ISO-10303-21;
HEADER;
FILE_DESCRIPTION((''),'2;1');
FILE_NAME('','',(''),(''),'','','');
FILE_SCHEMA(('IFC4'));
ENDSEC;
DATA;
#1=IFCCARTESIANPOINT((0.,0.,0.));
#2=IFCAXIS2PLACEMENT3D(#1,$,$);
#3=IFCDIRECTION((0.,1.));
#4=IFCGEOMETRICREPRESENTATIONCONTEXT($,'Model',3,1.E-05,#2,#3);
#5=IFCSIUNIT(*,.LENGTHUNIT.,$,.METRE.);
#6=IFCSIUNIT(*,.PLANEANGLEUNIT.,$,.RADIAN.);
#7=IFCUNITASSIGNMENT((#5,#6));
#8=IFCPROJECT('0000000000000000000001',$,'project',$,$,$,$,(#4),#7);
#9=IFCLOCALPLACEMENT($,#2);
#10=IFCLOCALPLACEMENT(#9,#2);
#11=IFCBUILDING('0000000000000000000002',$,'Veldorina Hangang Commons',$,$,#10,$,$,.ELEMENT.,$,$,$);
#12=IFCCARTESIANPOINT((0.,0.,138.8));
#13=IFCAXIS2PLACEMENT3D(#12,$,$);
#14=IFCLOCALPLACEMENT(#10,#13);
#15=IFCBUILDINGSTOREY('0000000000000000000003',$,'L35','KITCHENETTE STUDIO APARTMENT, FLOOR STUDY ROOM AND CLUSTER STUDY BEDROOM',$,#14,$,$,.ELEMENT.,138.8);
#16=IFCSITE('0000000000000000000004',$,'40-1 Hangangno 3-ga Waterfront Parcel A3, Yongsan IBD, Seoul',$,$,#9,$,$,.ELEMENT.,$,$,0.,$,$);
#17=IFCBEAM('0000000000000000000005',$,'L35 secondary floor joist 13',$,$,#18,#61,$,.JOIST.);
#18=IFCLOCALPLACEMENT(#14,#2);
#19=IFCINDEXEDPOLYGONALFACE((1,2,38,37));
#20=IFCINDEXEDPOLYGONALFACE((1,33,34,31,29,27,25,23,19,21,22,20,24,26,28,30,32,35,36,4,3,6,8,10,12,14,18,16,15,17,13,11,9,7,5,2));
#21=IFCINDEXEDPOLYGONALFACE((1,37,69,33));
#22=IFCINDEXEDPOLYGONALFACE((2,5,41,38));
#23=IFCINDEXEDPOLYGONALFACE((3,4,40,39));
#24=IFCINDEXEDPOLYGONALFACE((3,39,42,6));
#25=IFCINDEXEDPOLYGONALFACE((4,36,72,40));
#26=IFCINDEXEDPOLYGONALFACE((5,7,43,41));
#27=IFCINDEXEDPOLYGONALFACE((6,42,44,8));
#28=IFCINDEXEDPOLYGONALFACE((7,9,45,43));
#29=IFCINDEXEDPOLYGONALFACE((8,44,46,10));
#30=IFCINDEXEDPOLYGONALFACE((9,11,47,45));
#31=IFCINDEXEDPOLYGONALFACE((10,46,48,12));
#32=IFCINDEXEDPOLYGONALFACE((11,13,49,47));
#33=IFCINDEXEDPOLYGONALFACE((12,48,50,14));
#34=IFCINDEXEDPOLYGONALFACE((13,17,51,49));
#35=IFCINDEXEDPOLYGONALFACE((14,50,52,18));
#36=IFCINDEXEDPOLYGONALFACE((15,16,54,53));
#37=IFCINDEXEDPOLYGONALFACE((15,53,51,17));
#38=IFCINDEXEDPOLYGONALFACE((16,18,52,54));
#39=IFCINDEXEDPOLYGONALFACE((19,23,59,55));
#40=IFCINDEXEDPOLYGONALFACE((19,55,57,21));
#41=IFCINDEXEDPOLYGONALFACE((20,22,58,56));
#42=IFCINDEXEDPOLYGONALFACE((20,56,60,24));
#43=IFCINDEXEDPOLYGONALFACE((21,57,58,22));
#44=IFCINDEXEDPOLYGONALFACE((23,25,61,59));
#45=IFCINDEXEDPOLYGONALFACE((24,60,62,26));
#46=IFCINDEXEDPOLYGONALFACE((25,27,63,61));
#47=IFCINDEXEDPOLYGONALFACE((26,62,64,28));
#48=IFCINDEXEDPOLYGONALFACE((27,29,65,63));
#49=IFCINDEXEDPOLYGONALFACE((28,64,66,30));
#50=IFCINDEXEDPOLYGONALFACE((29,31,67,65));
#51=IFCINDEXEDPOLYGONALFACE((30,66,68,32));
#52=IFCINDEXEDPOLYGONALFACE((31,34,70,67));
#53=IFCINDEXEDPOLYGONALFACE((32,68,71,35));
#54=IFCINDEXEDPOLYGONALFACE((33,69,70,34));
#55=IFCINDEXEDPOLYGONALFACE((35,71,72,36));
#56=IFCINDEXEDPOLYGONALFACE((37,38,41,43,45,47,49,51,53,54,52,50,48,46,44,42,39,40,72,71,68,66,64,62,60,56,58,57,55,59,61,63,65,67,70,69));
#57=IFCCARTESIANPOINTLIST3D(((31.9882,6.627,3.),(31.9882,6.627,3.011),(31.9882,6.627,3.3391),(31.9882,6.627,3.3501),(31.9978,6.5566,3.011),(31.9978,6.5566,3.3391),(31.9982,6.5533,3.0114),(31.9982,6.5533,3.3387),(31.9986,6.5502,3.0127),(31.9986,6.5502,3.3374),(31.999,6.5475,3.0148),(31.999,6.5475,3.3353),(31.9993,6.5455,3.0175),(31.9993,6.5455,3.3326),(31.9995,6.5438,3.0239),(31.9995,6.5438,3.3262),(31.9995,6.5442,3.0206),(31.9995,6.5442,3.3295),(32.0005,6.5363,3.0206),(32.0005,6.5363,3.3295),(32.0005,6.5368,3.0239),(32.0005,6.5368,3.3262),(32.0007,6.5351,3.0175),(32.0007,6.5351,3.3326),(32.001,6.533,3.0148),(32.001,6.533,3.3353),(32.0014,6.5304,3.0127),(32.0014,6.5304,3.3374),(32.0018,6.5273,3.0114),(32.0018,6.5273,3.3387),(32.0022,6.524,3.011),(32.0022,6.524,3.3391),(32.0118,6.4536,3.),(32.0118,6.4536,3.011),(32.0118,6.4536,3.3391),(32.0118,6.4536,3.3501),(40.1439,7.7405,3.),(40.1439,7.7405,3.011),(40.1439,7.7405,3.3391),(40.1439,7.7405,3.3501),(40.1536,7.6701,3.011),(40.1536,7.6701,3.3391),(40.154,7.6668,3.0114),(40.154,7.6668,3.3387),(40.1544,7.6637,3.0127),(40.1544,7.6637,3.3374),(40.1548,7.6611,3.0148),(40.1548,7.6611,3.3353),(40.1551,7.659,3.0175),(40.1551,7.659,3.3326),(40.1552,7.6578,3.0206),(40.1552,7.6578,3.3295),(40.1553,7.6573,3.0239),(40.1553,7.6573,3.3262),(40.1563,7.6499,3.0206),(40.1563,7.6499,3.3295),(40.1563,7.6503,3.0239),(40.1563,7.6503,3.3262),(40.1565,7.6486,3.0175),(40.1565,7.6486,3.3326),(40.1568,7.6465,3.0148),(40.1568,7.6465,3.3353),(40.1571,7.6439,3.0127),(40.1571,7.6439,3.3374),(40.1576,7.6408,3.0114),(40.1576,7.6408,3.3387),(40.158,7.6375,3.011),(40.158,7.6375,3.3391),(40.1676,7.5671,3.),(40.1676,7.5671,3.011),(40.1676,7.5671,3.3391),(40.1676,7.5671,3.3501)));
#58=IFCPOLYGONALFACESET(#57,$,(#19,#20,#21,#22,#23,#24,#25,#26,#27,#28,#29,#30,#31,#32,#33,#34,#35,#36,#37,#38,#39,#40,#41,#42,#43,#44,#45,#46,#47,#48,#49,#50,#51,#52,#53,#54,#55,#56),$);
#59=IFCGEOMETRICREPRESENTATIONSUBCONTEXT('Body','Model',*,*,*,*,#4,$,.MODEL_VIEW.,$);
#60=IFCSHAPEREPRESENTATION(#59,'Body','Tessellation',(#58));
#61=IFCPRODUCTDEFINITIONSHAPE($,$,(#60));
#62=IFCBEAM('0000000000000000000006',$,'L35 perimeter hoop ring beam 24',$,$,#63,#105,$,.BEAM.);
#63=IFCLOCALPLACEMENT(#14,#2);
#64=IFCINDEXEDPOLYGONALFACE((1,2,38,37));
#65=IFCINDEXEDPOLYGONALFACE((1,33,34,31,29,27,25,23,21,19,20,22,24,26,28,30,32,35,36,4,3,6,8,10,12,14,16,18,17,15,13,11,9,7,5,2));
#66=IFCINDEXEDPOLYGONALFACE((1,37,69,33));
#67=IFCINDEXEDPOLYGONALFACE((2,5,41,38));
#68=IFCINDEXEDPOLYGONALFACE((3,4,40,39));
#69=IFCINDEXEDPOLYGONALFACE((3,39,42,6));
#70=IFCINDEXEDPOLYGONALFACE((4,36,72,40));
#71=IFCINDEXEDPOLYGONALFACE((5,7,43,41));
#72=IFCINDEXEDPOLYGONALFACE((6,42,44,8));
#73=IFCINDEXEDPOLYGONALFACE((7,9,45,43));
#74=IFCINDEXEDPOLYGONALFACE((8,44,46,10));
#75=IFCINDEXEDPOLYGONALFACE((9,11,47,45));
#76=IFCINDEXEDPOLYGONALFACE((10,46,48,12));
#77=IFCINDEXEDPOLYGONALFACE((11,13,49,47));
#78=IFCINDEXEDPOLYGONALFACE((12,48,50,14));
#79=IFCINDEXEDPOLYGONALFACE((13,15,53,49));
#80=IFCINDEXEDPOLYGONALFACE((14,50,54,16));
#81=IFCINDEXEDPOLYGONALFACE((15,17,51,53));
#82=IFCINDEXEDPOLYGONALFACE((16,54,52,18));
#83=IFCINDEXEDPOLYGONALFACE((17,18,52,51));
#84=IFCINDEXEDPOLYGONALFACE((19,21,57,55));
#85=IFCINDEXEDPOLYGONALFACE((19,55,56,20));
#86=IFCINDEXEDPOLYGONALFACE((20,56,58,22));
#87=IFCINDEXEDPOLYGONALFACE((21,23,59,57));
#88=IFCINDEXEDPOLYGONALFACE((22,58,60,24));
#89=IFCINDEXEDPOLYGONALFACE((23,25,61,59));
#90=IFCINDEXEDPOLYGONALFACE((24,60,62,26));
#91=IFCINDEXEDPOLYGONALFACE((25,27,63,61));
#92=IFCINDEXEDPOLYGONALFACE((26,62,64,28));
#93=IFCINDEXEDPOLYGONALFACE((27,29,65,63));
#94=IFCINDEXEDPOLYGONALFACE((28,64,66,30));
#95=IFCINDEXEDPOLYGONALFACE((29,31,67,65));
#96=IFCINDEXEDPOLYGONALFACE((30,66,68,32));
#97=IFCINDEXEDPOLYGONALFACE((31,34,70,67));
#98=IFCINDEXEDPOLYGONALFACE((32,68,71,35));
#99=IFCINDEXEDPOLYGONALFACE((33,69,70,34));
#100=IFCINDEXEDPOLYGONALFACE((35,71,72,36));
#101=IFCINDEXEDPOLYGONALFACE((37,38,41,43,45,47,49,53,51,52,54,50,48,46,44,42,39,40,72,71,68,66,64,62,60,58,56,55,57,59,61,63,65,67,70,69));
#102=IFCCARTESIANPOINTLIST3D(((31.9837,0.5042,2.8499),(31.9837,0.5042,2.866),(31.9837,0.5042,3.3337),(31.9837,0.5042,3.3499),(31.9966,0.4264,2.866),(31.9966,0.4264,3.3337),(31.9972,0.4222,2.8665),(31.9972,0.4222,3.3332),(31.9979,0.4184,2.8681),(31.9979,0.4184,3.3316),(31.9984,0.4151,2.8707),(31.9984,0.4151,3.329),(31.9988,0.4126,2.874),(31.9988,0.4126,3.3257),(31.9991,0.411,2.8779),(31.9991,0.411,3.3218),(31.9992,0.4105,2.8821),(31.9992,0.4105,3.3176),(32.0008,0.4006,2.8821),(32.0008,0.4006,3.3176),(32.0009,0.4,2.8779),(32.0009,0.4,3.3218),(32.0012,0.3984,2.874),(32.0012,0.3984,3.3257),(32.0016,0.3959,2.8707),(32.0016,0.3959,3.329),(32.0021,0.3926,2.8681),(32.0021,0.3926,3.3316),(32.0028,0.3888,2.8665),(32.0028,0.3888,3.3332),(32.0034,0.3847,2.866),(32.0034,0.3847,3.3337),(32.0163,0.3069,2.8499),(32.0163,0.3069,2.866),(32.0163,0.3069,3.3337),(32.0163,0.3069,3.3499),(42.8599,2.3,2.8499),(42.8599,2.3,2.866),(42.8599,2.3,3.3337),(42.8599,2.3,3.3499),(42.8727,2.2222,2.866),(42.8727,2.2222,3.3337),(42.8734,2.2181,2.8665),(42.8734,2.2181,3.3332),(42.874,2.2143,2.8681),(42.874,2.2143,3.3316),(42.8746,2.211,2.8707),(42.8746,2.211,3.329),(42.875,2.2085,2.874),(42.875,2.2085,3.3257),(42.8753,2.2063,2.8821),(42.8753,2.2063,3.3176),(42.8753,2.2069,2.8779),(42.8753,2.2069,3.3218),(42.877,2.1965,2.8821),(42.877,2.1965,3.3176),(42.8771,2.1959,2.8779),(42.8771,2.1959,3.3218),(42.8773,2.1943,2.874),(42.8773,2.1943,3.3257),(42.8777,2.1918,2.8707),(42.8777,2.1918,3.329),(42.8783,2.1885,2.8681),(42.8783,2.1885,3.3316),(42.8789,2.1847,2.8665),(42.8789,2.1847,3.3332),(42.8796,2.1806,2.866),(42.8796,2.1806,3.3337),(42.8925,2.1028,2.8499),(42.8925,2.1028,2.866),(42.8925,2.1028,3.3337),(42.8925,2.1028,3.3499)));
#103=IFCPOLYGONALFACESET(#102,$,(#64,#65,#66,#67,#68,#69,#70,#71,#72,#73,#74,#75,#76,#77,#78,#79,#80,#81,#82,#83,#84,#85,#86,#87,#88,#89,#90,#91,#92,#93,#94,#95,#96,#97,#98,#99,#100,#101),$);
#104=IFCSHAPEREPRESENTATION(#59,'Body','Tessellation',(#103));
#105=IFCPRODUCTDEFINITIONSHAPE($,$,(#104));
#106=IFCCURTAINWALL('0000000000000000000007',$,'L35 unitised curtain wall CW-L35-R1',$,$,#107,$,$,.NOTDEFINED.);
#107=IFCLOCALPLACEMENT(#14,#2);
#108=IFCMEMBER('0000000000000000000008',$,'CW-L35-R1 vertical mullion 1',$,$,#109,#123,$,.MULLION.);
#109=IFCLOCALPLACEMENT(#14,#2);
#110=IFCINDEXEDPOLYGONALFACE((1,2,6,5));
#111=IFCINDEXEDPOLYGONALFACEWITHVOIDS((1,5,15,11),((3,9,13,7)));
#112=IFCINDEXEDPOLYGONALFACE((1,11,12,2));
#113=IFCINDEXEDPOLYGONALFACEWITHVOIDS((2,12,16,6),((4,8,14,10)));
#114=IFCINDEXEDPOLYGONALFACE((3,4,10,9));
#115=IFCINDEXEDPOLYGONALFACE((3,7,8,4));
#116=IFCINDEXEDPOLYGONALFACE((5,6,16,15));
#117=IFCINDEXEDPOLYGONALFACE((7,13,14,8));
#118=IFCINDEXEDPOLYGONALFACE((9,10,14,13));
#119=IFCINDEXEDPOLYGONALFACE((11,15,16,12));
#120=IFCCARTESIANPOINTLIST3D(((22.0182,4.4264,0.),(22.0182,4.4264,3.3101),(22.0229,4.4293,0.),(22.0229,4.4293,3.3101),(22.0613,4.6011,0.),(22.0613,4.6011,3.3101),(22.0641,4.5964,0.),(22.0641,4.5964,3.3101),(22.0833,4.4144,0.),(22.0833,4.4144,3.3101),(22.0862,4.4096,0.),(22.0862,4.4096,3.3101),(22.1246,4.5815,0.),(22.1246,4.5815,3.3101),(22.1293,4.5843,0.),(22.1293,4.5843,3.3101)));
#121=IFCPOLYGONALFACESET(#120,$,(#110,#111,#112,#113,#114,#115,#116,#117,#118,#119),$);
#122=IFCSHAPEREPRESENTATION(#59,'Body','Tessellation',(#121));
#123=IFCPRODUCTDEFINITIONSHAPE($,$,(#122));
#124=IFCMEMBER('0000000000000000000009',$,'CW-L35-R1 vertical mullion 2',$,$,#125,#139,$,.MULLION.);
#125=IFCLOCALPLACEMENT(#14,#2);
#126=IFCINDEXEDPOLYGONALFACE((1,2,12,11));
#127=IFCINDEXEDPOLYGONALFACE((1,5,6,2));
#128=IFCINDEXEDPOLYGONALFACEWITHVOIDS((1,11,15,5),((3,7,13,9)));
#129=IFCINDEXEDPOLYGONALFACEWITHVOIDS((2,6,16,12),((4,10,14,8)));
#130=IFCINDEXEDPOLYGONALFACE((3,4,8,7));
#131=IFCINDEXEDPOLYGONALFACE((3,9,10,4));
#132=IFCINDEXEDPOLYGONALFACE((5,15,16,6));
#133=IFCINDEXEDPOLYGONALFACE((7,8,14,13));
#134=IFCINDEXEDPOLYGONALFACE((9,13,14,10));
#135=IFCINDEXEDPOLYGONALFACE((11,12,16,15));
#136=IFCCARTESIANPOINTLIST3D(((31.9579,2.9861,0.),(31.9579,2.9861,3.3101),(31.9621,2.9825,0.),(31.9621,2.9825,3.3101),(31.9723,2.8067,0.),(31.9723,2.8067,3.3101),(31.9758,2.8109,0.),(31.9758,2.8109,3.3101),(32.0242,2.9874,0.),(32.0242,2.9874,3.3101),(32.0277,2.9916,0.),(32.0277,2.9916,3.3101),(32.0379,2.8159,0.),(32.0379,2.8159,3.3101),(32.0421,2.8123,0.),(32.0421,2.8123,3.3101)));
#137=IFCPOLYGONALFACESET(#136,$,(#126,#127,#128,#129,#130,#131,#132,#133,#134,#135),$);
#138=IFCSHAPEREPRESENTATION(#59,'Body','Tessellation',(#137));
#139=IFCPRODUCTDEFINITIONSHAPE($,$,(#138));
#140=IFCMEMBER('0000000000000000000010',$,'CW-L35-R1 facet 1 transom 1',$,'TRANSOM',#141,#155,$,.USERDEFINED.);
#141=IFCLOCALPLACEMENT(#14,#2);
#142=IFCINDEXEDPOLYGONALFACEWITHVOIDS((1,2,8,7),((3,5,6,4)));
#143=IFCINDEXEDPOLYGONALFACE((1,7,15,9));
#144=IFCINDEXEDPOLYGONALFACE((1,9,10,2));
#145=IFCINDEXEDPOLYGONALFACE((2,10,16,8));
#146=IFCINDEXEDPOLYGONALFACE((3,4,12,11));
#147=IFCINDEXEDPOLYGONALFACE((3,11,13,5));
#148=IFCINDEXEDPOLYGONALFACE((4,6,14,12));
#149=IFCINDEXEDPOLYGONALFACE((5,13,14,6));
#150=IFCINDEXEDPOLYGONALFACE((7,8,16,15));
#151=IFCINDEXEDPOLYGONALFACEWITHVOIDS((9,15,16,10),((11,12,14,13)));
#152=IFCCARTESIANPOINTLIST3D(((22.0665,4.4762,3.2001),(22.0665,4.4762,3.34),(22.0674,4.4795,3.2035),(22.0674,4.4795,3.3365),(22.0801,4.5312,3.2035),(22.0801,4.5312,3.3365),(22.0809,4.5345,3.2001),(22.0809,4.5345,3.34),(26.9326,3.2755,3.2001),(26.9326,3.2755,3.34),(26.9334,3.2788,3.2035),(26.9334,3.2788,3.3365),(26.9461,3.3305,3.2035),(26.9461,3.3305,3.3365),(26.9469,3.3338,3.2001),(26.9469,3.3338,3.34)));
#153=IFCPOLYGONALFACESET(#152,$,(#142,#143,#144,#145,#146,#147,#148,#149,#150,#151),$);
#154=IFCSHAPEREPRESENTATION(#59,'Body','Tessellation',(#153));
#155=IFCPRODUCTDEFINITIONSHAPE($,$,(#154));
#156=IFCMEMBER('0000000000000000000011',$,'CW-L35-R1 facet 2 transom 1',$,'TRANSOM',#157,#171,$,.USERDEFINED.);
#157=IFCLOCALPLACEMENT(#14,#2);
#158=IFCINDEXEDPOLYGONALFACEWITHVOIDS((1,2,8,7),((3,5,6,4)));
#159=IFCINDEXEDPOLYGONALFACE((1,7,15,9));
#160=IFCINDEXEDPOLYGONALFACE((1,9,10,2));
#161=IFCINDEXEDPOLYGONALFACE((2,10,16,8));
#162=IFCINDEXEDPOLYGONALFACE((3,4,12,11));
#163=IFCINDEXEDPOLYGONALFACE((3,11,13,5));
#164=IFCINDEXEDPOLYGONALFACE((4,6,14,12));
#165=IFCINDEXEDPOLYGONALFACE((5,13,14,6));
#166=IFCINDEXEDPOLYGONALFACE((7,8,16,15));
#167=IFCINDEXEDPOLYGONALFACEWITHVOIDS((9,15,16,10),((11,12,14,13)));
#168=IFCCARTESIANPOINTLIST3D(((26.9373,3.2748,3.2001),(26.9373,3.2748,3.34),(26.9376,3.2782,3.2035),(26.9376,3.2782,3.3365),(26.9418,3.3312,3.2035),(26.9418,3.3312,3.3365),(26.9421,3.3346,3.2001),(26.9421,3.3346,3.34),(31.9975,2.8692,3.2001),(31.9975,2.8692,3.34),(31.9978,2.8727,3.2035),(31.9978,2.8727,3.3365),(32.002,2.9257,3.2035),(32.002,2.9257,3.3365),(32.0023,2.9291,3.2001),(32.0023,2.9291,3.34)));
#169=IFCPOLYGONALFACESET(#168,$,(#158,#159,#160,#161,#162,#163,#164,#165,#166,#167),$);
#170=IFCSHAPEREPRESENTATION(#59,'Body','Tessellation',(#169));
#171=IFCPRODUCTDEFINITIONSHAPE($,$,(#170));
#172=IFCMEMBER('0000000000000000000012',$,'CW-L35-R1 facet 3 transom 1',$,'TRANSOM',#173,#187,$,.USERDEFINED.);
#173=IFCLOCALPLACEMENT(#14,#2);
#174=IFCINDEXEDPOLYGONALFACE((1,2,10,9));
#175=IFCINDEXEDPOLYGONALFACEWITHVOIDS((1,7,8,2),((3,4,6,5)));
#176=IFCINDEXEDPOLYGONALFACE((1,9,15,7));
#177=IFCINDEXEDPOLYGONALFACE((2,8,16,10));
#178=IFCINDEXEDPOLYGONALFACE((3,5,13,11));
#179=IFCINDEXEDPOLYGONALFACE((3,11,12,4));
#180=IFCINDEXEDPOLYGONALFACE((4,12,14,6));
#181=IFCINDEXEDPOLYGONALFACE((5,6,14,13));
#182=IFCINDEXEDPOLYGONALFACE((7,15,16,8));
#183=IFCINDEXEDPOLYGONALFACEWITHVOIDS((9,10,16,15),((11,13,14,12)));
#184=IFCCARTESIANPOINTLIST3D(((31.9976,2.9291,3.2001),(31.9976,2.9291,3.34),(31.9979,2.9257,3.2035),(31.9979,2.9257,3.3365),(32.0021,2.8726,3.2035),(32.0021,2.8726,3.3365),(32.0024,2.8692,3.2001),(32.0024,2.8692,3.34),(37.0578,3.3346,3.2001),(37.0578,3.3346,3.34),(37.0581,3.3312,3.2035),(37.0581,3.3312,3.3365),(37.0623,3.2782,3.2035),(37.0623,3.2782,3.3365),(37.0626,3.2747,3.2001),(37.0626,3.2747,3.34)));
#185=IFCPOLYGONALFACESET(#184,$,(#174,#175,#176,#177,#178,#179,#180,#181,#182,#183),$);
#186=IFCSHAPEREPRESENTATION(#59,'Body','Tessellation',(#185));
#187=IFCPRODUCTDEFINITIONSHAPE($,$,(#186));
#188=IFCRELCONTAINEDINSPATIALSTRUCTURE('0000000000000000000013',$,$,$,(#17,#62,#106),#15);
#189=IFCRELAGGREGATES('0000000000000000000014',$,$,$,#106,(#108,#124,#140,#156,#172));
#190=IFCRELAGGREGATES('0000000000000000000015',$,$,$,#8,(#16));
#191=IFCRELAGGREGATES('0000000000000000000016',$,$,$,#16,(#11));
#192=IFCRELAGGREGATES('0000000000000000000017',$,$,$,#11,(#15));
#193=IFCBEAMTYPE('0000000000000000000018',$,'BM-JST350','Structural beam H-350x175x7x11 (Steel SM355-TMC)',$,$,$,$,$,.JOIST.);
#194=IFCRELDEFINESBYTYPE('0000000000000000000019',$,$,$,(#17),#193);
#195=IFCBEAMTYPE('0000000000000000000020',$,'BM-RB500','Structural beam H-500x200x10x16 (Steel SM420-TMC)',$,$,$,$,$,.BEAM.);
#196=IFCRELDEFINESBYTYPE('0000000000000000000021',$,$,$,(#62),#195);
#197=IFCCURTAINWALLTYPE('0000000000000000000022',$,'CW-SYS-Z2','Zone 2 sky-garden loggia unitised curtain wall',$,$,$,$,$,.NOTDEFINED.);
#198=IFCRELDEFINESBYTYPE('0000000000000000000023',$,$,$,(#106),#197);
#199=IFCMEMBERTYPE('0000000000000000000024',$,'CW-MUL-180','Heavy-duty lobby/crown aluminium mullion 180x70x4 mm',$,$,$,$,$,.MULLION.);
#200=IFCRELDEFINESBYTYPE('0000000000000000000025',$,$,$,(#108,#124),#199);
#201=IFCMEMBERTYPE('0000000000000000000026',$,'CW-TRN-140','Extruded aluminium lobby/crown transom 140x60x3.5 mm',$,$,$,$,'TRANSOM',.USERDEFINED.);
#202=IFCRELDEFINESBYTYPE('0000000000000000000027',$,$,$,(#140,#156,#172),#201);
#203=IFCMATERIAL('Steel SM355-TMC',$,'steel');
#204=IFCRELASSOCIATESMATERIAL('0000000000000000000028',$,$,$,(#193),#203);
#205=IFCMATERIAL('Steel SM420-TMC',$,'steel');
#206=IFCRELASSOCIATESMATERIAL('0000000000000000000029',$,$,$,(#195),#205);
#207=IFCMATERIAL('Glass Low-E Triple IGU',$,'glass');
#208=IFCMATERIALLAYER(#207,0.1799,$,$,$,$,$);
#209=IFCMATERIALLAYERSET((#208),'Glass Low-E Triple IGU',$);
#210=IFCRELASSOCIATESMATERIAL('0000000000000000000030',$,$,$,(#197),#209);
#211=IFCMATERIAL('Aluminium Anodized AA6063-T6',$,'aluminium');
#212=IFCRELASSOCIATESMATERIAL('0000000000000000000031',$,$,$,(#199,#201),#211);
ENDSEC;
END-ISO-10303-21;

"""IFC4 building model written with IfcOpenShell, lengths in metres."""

from ifc_helpers import new_model, si_unit, direction, frame, origin, origin_2d, place, context, subcontext, project, spatial, hollow_rectangle, i_section, extrude, material, layer, layer_set, material_profile, profile_set, type_object, element, aggregate, save


model = new_model("IFC4")

# Units and contexts
model_context = context("Model", 3, precision=1e-05, world=origin(), true_north=direction((0.0, 1.0)))
body_context = subcontext(model_context, "Body", "Model", "MODEL_VIEW")
ifc_project = project(units=[si_unit("LENGTHUNIT", "METRE"), si_unit("PLANEANGLEUNIT", "RADIAN")], contexts=[model_context])

# Site, building, storey
site_placement = place(None, origin())
site = spatial("IfcSite", under=ifc_project, at=site_placement, Name="40-1 Hangangno 3-ga Waterfront Parcel A3, Yongsan IBD, Seoul", CompositionType="ELEMENT", RefElevation=0.0)
building_placement = place(site_placement, origin())
building = spatial("IfcBuilding", under=site, at=building_placement, Name="Veldorina Hangang Commons", CompositionType="ELEMENT")
storey_placement = place(building_placement, frame((0.0, 0.0, 138.8)))
storey = spatial("IfcBuildingStorey", under=building, at=storey_placement, Name="L35", Description="KITCHENETTE STUDIO APARTMENT, FLOOR STUDY ROOM AND CLUSTER STUDY BEDROOM", CompositionType="ELEMENT", Elevation=138.8)

# Beams
ifc_material_1 = material(Name="Steel SM355-TMC", Category="steel")
ifc_material_profile_1 = material_profile(ifc_material_1, i_section(OverallWidth=0.175, OverallDepth=0.3501, WebThickness=0.0071, FlangeThickness=0.011, FilletRadius=0.0129, at=origin_2d()), Name="H-350x175x7x11")
ifc_profile_set_1 = profile_set([ifc_material_profile_1], Name="Steel SM355-TMC")
beam_type_1 = type_object("IfcBeamType", Name="BM-JST350", Description="Structural beam H-350x175x7x11 (Steel SM355-TMC)", PredefinedType="JOIST", material=ifc_profile_set_1)
beam_1_placement = place(storey_placement, frame((32.0, 6.5403, 3.175), z_axis=(0.990808, 0.135277, 0.0), x_axis=(-0.135277, 0.990808, 0.0)))
element("IfcBeam", 1, at=beam_1_placement, inside=storey, type_object=beam_type_1, Name="L35 secondary floor joist 13", PredefinedType="JOIST", context=body_context, shape_type="SweptSolid", body=[
    extrude(i_section(OverallWidth=0.175, OverallDepth=0.3501, WebThickness=0.0071, FlangeThickness=0.011, FilletRadius=0.0129, at=origin_2d()), origin(), (0.0, 0.0, 1.0), 8.2314),
])
ifc_material_2 = material(Name="Steel SM420-TMC", Category="steel")
ifc_material_profile_2 = material_profile(ifc_material_2, i_section(OverallWidth=0.2, OverallDepth=0.5, WebThickness=0.01, FlangeThickness=0.0161, FilletRadius=0.0161, at=origin_2d()), Name="H-500x200x10x16")
ifc_profile_set_2 = profile_set([ifc_material_profile_2], Name="Steel SM420-TMC")
beam_type_2 = type_object("IfcBeamType", Name="BM-RB500", Description="Structural beam H-500x200x10x16 (Steel SM420-TMC)", PredefinedType="BEAM", material=ifc_profile_set_2)
beam_2_placement = place(storey_placement, frame((32.0, 0.4055, 3.0999), z_axis=(0.98664, 0.162916, 0.0), x_axis=(-0.162916, 0.98664, 0.0)))
element("IfcBeam", 2, at=beam_2_placement, inside=storey, type_object=beam_type_2, Name="L35 perimeter hoop ring beam 24", PredefinedType="BEAM", context=body_context, shape_type="SweptSolid", body=[
    extrude(i_section(OverallWidth=0.2, OverallDepth=0.5, WebThickness=0.01, FlangeThickness=0.0161, FilletRadius=0.0161, at=origin_2d()), origin(), (0.0, 0.0, 1.0), 11.0234),
])

# Curtain wall, members
ifc_material_3 = material(Name="Glass Low-E Triple IGU", Category="glass")
ifc_layer_1 = layer(ifc_material_3, 0.1799)
ifc_layer_set_1 = layer_set([ifc_layer_1], Name="Glass Low-E Triple IGU")
curtain_wall_type = type_object("IfcCurtainWallType", Name="CW-SYS-Z2", Description="Zone 2 sky-garden loggia unitised curtain wall", PredefinedType="NOTDEFINED", material=ifc_layer_set_1)
curtain_wall_placement = place(storey_placement, origin())
curtain_wall = element("IfcCurtainWall", 3, at=curtain_wall_placement, inside=storey, type_object=curtain_wall_type, Name="L35 unitised curtain wall CW-L35-R1", PredefinedType="NOTDEFINED")
ifc_material_4 = material(Name="Aluminium Anodized AA6063-T6", Category="aluminium")
ifc_material_profile_3 = material_profile(ifc_material_4, hollow_rectangle(XDim=0.0701, YDim=0.1799, WallThickness=0.0039, at=origin_2d()), Name="ALU-RHS-180x70x4")
ifc_profile_set_3 = profile_set([ifc_material_profile_3], Name="Aluminium Anodized AA6063-T6")
member_type_1 = type_object("IfcMemberType", Name="CW-MUL-180", Description="Heavy-duty lobby/crown aluminium mullion 180x70x4 mm", PredefinedType="MULLION", material=ifc_profile_set_3)
member_1_placement = place(storey_placement, frame((22.0737, 4.5054, 0.0), z_axis=(0.0, 0.0, 1.0), x_axis=(0.970876, -0.239584, 0.0)))
member_1 = element("IfcMember", 4, at=member_1_placement, type_object=member_type_1, Name="CW-L35-R1 vertical mullion 1", PredefinedType="MULLION", context=body_context, shape_type="SweptSolid", body=[
    extrude(hollow_rectangle(XDim=0.0701, YDim=0.1799, WallThickness=0.0039, at=origin_2d()), origin(), (0.0, 0.0, 1.0), 3.3101),
])
member_2_placement = place(storey_placement, frame((32.0, 2.8992, 0.0), z_axis=(0.0, 0.0, 1.0), x_axis=(0.996807, 0.079851, 0.0)))
member_2 = element("IfcMember", 5, at=member_2_placement, type_object=member_type_1, Name="CW-L35-R1 vertical mullion 2", PredefinedType="MULLION", context=body_context, shape_type="SweptSolid", body=[
    extrude(hollow_rectangle(XDim=0.0701, YDim=0.1799, WallThickness=0.0039, at=origin_2d()), origin(), (0.0, 0.0, 1.0), 3.3101),
])
ifc_material_profile_4 = material_profile(ifc_material_4, hollow_rectangle(XDim=0.0601, YDim=0.1399, WallThickness=0.0034, at=origin_2d()), Name="ALU-RHS-140x60x3.5")
ifc_profile_set_4 = profile_set([ifc_material_profile_4], Name="Aluminium Anodized AA6063-T6")
member_type_2 = type_object("IfcMemberType", Name="CW-TRN-140", Description="Extruded aluminium lobby/crown transom 140x60x3.5 mm", ElementType="TRANSOM", PredefinedType="USERDEFINED", material=ifc_profile_set_4)
member_3_placement = place(storey_placement, frame((22.0737, 4.5054, 3.27), z_axis=(0.97088, -0.239566, 0.0), x_axis=(0.239566, 0.97088, 0.0)))
member_3 = element("IfcMember", 6, at=member_3_placement, type_object=member_type_2, Name="CW-L35-R1 facet 1 transom 1", ObjectType="TRANSOM", PredefinedType="USERDEFINED", context=body_context, shape_type="SweptSolid", body=[
    extrude(hollow_rectangle(XDim=0.0601, YDim=0.1399, WallThickness=0.0034, at=origin_2d()), origin(), (0.0, 0.0, 1.0), 5.012),
])
member_4_placement = place(storey_placement, frame((26.9397, 3.3047, 3.27), z_axis=(0.996804, -0.079881, 0.0), x_axis=(0.079881, 0.996804, 0.0)))
member_4 = element("IfcMember", 7, at=member_4_placement, type_object=member_type_2, Name="CW-L35-R1 facet 2 transom 1", ObjectType="TRANSOM", PredefinedType="USERDEFINED", context=body_context, shape_type="SweptSolid", body=[
    extrude(hollow_rectangle(XDim=0.0601, YDim=0.1399, WallThickness=0.0034, at=origin_2d()), origin(), (0.0, 0.0, 1.0), 5.0764),
])
member_5_placement = place(storey_placement, frame((32.0, 2.8992, 3.27), z_axis=(0.996804, 0.079881, 0.0), x_axis=(-0.079881, 0.996804, 0.0)))
member_5 = element("IfcMember", 8, at=member_5_placement, type_object=member_type_2, Name="CW-L35-R1 facet 3 transom 1", ObjectType="TRANSOM", PredefinedType="USERDEFINED", context=body_context, shape_type="SweptSolid", body=[
    extrude(hollow_rectangle(XDim=0.0601, YDim=0.1399, WallThickness=0.0034, at=origin_2d()), origin(), (0.0, 0.0, 1.0), 5.0764),
])

aggregate(curtain_wall, [member_1, member_2, member_3, member_4, member_5])

save(model, "model.ifc")
